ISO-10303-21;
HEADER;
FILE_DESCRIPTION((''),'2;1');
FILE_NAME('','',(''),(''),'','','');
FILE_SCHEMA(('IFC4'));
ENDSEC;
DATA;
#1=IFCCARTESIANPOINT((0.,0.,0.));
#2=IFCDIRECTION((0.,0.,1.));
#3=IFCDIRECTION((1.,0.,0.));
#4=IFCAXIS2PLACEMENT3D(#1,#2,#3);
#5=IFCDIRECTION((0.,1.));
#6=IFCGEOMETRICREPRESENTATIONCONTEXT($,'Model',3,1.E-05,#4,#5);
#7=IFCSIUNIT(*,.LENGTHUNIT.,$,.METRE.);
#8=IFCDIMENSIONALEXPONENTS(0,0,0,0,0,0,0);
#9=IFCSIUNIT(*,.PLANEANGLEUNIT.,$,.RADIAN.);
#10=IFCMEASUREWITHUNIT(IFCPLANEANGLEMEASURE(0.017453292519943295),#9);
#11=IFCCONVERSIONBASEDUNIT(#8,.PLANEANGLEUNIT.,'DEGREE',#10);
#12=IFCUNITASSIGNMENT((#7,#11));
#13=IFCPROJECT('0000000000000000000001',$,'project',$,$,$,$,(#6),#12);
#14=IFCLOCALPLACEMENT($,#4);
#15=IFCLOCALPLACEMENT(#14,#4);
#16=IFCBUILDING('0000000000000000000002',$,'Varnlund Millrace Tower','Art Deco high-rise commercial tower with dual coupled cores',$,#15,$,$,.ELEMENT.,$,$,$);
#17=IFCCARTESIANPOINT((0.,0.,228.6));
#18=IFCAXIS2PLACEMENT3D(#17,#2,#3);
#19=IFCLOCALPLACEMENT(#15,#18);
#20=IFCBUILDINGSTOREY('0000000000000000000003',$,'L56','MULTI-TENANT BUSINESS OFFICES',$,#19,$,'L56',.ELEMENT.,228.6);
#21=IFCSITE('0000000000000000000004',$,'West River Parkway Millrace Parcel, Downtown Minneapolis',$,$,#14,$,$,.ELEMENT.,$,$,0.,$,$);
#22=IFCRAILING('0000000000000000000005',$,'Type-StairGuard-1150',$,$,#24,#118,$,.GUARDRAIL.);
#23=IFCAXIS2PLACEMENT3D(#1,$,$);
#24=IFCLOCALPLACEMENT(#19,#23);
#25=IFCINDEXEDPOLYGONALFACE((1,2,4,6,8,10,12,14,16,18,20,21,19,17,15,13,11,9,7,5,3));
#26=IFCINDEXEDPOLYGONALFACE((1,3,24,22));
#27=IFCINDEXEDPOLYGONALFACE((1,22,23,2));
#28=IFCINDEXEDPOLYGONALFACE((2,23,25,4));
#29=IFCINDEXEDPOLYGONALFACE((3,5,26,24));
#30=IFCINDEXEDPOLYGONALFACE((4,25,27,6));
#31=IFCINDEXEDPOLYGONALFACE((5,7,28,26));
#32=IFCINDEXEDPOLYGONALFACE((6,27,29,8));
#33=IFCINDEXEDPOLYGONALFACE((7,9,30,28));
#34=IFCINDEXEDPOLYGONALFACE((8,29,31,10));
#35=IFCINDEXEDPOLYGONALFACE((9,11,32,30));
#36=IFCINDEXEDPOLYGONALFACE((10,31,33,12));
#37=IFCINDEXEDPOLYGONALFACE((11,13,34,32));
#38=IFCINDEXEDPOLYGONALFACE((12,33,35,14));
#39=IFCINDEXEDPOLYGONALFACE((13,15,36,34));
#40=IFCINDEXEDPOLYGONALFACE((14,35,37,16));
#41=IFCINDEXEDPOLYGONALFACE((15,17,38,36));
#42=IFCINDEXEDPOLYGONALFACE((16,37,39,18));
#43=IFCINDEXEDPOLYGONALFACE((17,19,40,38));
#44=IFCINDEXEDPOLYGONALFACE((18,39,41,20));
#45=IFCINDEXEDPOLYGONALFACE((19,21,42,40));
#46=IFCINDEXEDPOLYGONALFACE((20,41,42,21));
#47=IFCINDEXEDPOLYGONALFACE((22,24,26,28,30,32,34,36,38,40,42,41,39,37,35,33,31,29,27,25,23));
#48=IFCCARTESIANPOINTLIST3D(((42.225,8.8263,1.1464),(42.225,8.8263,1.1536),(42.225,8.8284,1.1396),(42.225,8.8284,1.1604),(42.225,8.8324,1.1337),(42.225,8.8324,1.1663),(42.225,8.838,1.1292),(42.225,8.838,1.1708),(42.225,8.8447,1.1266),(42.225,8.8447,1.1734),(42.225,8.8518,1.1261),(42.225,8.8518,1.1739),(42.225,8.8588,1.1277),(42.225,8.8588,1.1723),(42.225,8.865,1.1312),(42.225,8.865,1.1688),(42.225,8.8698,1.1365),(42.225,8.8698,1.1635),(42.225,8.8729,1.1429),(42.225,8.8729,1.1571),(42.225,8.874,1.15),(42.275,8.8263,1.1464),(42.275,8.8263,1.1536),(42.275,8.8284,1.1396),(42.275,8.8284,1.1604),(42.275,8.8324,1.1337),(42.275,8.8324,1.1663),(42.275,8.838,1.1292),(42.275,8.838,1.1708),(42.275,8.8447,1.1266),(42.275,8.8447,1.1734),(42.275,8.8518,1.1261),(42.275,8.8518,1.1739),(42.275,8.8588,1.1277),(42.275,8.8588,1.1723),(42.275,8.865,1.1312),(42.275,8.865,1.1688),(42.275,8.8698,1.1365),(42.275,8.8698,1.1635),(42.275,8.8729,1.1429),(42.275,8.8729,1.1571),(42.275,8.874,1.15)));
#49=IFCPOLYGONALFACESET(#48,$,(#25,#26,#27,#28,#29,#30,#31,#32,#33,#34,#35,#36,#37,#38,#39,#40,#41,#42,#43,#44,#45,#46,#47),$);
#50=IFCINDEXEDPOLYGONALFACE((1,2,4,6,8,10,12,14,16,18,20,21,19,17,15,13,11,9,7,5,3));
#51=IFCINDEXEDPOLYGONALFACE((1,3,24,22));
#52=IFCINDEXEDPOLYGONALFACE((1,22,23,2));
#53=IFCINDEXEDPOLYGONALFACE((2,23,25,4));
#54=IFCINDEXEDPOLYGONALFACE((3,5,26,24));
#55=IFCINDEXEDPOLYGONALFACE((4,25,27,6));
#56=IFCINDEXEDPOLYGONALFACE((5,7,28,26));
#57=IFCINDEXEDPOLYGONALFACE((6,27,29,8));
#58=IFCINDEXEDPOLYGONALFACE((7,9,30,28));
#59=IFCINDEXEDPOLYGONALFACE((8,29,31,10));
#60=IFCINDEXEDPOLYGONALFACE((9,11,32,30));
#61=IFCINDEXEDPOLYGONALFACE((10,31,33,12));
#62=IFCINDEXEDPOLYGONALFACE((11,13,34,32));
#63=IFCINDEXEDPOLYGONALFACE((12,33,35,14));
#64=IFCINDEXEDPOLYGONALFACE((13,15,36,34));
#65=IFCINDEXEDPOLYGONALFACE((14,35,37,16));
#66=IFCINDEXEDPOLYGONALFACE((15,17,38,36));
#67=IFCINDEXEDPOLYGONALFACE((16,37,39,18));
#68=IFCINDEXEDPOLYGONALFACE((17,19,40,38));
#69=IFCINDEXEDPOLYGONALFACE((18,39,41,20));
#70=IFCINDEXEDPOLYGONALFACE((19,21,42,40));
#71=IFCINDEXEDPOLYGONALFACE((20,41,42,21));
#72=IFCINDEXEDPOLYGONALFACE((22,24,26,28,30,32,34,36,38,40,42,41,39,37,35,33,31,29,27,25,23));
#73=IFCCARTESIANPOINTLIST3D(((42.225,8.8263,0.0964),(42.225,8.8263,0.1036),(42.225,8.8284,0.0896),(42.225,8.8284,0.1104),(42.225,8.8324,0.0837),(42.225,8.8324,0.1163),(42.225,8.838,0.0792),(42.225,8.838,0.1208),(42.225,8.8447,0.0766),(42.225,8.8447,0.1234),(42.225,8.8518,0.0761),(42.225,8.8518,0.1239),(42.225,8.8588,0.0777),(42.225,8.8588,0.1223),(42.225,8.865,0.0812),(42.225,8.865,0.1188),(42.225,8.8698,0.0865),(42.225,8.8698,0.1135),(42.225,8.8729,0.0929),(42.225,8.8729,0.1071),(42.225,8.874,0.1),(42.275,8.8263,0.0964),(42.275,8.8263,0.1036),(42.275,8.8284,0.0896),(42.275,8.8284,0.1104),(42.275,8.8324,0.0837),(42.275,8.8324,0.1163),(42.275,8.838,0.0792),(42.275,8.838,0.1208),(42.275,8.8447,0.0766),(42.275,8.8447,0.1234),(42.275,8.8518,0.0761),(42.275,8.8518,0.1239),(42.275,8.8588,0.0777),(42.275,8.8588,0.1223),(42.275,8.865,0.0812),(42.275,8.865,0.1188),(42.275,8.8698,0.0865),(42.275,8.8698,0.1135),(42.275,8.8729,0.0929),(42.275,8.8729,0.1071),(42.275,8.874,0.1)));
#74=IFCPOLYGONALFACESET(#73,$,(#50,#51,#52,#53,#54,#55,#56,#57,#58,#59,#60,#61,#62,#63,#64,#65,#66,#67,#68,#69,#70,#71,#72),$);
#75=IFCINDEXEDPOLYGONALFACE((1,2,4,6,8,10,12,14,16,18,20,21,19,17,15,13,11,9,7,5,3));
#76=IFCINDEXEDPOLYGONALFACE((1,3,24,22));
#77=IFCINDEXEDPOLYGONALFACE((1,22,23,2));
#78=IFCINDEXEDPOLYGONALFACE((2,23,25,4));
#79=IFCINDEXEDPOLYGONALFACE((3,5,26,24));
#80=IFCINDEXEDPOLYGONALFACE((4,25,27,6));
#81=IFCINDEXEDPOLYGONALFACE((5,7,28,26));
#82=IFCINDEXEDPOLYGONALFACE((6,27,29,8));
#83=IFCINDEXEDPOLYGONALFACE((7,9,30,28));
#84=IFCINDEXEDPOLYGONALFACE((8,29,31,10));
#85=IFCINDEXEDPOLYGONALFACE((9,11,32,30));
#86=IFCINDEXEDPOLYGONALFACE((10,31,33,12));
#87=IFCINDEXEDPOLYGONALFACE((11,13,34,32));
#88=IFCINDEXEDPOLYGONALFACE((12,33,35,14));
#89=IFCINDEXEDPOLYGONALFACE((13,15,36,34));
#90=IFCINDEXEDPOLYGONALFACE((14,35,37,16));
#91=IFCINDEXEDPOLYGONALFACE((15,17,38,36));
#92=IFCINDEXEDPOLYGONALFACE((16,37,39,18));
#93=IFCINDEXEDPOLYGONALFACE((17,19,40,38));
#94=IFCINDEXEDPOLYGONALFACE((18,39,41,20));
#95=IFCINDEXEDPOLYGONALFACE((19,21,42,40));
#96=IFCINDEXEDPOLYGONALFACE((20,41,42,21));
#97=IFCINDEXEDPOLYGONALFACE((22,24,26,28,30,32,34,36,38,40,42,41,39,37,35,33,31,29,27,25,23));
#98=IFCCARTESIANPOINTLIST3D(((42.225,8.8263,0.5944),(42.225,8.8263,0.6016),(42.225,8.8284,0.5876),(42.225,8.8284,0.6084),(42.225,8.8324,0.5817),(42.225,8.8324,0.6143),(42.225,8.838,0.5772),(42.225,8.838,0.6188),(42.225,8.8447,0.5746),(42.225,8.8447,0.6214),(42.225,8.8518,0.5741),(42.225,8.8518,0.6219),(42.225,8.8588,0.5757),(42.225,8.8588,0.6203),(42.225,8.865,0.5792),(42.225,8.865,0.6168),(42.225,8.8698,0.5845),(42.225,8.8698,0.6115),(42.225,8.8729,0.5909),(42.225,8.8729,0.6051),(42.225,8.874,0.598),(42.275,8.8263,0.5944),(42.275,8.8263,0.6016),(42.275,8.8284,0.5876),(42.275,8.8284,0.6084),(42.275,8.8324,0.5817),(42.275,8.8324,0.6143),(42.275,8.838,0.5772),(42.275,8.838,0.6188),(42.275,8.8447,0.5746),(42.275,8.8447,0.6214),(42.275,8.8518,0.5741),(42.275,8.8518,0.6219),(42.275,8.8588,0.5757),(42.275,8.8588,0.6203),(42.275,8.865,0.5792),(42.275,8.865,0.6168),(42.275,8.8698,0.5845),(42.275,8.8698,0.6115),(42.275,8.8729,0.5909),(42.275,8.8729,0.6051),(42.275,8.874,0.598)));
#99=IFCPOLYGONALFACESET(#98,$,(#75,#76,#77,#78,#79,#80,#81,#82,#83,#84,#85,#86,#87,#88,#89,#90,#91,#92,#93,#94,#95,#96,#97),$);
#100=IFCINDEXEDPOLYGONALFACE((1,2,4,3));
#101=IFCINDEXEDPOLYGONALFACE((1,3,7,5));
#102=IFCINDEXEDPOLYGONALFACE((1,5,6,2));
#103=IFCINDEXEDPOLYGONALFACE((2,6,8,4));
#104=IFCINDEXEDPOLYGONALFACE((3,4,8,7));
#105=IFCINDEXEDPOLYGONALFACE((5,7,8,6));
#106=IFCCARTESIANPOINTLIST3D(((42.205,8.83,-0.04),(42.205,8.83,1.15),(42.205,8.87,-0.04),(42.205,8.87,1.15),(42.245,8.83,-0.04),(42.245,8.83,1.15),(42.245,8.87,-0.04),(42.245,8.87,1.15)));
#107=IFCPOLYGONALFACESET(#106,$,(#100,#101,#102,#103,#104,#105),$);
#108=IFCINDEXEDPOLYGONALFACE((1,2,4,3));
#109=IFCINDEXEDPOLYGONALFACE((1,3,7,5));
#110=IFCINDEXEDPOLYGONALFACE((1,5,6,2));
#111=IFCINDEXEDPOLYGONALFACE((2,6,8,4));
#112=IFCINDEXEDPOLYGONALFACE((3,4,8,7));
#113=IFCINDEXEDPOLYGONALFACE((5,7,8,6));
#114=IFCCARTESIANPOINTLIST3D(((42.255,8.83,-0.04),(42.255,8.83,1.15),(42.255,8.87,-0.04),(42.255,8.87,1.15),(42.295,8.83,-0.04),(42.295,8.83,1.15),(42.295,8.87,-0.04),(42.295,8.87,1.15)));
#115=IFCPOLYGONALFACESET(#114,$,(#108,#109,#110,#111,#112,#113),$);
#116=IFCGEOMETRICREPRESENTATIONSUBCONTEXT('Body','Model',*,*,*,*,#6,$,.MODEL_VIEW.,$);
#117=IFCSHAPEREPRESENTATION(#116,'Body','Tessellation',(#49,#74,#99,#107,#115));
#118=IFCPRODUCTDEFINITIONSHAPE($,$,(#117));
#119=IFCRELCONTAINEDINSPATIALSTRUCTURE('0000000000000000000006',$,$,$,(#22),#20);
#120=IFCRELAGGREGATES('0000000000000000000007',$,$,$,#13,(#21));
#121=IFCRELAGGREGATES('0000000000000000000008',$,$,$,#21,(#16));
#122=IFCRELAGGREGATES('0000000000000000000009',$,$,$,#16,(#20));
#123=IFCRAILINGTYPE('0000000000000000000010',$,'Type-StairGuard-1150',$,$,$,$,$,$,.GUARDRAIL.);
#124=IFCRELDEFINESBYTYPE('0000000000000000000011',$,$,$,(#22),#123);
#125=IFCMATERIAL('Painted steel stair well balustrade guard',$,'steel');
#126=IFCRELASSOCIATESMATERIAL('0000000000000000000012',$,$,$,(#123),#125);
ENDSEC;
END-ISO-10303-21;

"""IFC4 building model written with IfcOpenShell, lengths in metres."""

from ifc_helpers import new_model, entity, si_unit, converted_unit, direction, frame, origin_with_axes, origin_2d_with_axis, place, context, subcontext, project, spatial, rectangle, circle, extrude, material, type_object, element, save


model = new_model("IFC4")

# Units and contexts
model_context = context("Model", 3, precision=1e-05, world=origin_with_axes(), true_north=direction((0.0, 1.0)))
body_context = subcontext(model_context, "Body", "Model", "MODEL_VIEW")
ifc_project = project(units=[si_unit("LENGTHUNIT", "METRE"), converted_unit("PLANEANGLEUNIT", "DEGREE", entity("IfcPlaneAngleMeasure", 0.017453292519943295), si_unit("PLANEANGLEUNIT", "RADIAN"), dimensions=[0, 0, 0, 0, 0, 0, 0])], contexts=[model_context])

# Site, building, storey
site_placement = place(None, origin_with_axes())
site = spatial("IfcSite", under=ifc_project, at=site_placement, Name="West River Parkway Millrace Parcel, Downtown Minneapolis", CompositionType="ELEMENT", RefElevation=0.0)
building_placement = place(site_placement, origin_with_axes())
building = spatial("IfcBuilding", under=site, at=building_placement, Name="Varnlund Millrace Tower", Description="Art Deco high-rise commercial tower with dual coupled cores", CompositionType="ELEMENT")
storey_placement = place(building_placement, frame((0.0, 0.0, 228.6), z_axis=(0.0, 0.0, 1.0), x_axis=(1.0, 0.0, 0.0)))
storey = spatial("IfcBuildingStorey", under=building, at=storey_placement, Name="L56", Description="MULTI-TENANT BUSINESS OFFICES", LongName="L56", CompositionType="ELEMENT", Elevation=228.6)

# Railing
ifc_material_1 = material(Name="Painted steel stair well balustrade guard", Category="steel")
railing_type_1 = type_object("IfcRailingType", Name="Type-StairGuard-1150", PredefinedType="GUARDRAIL", material=ifc_material_1)
railing_1_placement = place(storey_placement, frame((0.0, 0.0, -228.6), z_axis=(0.0, 0.0, 1.0), x_axis=(1.0, 0.0, 0.0)))
element("IfcRailing", 1, at=railing_1_placement, inside=storey, type_object=railing_type_1, Name="Type-StairGuard-1150", PredefinedType="GUARDRAIL", context=body_context, shape_type="SweptSolid", body=[
    extrude(circle(Radius=0.024, at=origin_2d_with_axis()), frame((42.225, 8.85, 229.75), z_axis=(1.0, 0.0, 0.0), x_axis=(0.0, 1.0, 0.0)), (0.0, 0.0, 1.0), 0.05),
    extrude(circle(Radius=0.024, at=origin_2d_with_axis()), frame((42.225, 8.85, 228.7), z_axis=(1.0, 0.0, 0.0), x_axis=(0.0, 1.0, 0.0)), (0.0, 0.0, 1.0), 0.05),
    extrude(circle(Radius=0.024, at=origin_2d_with_axis()), frame((42.225, 8.85, 229.198), z_axis=(1.0, 0.0, 0.0), x_axis=(0.0, 1.0, 0.0)), (0.0, 0.0, 1.0), 0.05),
    extrude(rectangle(XDim=0.04, YDim=0.04, at=origin_2d_with_axis()), frame((42.225, 8.85, 228.56), z_axis=(0.0, 0.0, 1.0), x_axis=(1.0, 0.0, 0.0)), (0.0, 0.0, 1.0), 1.19),
    extrude(rectangle(XDim=0.04, YDim=0.04, at=origin_2d_with_axis()), frame((42.275, 8.85, 228.56), z_axis=(0.0, 0.0, 1.0), x_axis=(1.0, 0.0, 0.0)), (0.0, 0.0, 1.0), 1.19),
])

save(model, "model.ifc")
